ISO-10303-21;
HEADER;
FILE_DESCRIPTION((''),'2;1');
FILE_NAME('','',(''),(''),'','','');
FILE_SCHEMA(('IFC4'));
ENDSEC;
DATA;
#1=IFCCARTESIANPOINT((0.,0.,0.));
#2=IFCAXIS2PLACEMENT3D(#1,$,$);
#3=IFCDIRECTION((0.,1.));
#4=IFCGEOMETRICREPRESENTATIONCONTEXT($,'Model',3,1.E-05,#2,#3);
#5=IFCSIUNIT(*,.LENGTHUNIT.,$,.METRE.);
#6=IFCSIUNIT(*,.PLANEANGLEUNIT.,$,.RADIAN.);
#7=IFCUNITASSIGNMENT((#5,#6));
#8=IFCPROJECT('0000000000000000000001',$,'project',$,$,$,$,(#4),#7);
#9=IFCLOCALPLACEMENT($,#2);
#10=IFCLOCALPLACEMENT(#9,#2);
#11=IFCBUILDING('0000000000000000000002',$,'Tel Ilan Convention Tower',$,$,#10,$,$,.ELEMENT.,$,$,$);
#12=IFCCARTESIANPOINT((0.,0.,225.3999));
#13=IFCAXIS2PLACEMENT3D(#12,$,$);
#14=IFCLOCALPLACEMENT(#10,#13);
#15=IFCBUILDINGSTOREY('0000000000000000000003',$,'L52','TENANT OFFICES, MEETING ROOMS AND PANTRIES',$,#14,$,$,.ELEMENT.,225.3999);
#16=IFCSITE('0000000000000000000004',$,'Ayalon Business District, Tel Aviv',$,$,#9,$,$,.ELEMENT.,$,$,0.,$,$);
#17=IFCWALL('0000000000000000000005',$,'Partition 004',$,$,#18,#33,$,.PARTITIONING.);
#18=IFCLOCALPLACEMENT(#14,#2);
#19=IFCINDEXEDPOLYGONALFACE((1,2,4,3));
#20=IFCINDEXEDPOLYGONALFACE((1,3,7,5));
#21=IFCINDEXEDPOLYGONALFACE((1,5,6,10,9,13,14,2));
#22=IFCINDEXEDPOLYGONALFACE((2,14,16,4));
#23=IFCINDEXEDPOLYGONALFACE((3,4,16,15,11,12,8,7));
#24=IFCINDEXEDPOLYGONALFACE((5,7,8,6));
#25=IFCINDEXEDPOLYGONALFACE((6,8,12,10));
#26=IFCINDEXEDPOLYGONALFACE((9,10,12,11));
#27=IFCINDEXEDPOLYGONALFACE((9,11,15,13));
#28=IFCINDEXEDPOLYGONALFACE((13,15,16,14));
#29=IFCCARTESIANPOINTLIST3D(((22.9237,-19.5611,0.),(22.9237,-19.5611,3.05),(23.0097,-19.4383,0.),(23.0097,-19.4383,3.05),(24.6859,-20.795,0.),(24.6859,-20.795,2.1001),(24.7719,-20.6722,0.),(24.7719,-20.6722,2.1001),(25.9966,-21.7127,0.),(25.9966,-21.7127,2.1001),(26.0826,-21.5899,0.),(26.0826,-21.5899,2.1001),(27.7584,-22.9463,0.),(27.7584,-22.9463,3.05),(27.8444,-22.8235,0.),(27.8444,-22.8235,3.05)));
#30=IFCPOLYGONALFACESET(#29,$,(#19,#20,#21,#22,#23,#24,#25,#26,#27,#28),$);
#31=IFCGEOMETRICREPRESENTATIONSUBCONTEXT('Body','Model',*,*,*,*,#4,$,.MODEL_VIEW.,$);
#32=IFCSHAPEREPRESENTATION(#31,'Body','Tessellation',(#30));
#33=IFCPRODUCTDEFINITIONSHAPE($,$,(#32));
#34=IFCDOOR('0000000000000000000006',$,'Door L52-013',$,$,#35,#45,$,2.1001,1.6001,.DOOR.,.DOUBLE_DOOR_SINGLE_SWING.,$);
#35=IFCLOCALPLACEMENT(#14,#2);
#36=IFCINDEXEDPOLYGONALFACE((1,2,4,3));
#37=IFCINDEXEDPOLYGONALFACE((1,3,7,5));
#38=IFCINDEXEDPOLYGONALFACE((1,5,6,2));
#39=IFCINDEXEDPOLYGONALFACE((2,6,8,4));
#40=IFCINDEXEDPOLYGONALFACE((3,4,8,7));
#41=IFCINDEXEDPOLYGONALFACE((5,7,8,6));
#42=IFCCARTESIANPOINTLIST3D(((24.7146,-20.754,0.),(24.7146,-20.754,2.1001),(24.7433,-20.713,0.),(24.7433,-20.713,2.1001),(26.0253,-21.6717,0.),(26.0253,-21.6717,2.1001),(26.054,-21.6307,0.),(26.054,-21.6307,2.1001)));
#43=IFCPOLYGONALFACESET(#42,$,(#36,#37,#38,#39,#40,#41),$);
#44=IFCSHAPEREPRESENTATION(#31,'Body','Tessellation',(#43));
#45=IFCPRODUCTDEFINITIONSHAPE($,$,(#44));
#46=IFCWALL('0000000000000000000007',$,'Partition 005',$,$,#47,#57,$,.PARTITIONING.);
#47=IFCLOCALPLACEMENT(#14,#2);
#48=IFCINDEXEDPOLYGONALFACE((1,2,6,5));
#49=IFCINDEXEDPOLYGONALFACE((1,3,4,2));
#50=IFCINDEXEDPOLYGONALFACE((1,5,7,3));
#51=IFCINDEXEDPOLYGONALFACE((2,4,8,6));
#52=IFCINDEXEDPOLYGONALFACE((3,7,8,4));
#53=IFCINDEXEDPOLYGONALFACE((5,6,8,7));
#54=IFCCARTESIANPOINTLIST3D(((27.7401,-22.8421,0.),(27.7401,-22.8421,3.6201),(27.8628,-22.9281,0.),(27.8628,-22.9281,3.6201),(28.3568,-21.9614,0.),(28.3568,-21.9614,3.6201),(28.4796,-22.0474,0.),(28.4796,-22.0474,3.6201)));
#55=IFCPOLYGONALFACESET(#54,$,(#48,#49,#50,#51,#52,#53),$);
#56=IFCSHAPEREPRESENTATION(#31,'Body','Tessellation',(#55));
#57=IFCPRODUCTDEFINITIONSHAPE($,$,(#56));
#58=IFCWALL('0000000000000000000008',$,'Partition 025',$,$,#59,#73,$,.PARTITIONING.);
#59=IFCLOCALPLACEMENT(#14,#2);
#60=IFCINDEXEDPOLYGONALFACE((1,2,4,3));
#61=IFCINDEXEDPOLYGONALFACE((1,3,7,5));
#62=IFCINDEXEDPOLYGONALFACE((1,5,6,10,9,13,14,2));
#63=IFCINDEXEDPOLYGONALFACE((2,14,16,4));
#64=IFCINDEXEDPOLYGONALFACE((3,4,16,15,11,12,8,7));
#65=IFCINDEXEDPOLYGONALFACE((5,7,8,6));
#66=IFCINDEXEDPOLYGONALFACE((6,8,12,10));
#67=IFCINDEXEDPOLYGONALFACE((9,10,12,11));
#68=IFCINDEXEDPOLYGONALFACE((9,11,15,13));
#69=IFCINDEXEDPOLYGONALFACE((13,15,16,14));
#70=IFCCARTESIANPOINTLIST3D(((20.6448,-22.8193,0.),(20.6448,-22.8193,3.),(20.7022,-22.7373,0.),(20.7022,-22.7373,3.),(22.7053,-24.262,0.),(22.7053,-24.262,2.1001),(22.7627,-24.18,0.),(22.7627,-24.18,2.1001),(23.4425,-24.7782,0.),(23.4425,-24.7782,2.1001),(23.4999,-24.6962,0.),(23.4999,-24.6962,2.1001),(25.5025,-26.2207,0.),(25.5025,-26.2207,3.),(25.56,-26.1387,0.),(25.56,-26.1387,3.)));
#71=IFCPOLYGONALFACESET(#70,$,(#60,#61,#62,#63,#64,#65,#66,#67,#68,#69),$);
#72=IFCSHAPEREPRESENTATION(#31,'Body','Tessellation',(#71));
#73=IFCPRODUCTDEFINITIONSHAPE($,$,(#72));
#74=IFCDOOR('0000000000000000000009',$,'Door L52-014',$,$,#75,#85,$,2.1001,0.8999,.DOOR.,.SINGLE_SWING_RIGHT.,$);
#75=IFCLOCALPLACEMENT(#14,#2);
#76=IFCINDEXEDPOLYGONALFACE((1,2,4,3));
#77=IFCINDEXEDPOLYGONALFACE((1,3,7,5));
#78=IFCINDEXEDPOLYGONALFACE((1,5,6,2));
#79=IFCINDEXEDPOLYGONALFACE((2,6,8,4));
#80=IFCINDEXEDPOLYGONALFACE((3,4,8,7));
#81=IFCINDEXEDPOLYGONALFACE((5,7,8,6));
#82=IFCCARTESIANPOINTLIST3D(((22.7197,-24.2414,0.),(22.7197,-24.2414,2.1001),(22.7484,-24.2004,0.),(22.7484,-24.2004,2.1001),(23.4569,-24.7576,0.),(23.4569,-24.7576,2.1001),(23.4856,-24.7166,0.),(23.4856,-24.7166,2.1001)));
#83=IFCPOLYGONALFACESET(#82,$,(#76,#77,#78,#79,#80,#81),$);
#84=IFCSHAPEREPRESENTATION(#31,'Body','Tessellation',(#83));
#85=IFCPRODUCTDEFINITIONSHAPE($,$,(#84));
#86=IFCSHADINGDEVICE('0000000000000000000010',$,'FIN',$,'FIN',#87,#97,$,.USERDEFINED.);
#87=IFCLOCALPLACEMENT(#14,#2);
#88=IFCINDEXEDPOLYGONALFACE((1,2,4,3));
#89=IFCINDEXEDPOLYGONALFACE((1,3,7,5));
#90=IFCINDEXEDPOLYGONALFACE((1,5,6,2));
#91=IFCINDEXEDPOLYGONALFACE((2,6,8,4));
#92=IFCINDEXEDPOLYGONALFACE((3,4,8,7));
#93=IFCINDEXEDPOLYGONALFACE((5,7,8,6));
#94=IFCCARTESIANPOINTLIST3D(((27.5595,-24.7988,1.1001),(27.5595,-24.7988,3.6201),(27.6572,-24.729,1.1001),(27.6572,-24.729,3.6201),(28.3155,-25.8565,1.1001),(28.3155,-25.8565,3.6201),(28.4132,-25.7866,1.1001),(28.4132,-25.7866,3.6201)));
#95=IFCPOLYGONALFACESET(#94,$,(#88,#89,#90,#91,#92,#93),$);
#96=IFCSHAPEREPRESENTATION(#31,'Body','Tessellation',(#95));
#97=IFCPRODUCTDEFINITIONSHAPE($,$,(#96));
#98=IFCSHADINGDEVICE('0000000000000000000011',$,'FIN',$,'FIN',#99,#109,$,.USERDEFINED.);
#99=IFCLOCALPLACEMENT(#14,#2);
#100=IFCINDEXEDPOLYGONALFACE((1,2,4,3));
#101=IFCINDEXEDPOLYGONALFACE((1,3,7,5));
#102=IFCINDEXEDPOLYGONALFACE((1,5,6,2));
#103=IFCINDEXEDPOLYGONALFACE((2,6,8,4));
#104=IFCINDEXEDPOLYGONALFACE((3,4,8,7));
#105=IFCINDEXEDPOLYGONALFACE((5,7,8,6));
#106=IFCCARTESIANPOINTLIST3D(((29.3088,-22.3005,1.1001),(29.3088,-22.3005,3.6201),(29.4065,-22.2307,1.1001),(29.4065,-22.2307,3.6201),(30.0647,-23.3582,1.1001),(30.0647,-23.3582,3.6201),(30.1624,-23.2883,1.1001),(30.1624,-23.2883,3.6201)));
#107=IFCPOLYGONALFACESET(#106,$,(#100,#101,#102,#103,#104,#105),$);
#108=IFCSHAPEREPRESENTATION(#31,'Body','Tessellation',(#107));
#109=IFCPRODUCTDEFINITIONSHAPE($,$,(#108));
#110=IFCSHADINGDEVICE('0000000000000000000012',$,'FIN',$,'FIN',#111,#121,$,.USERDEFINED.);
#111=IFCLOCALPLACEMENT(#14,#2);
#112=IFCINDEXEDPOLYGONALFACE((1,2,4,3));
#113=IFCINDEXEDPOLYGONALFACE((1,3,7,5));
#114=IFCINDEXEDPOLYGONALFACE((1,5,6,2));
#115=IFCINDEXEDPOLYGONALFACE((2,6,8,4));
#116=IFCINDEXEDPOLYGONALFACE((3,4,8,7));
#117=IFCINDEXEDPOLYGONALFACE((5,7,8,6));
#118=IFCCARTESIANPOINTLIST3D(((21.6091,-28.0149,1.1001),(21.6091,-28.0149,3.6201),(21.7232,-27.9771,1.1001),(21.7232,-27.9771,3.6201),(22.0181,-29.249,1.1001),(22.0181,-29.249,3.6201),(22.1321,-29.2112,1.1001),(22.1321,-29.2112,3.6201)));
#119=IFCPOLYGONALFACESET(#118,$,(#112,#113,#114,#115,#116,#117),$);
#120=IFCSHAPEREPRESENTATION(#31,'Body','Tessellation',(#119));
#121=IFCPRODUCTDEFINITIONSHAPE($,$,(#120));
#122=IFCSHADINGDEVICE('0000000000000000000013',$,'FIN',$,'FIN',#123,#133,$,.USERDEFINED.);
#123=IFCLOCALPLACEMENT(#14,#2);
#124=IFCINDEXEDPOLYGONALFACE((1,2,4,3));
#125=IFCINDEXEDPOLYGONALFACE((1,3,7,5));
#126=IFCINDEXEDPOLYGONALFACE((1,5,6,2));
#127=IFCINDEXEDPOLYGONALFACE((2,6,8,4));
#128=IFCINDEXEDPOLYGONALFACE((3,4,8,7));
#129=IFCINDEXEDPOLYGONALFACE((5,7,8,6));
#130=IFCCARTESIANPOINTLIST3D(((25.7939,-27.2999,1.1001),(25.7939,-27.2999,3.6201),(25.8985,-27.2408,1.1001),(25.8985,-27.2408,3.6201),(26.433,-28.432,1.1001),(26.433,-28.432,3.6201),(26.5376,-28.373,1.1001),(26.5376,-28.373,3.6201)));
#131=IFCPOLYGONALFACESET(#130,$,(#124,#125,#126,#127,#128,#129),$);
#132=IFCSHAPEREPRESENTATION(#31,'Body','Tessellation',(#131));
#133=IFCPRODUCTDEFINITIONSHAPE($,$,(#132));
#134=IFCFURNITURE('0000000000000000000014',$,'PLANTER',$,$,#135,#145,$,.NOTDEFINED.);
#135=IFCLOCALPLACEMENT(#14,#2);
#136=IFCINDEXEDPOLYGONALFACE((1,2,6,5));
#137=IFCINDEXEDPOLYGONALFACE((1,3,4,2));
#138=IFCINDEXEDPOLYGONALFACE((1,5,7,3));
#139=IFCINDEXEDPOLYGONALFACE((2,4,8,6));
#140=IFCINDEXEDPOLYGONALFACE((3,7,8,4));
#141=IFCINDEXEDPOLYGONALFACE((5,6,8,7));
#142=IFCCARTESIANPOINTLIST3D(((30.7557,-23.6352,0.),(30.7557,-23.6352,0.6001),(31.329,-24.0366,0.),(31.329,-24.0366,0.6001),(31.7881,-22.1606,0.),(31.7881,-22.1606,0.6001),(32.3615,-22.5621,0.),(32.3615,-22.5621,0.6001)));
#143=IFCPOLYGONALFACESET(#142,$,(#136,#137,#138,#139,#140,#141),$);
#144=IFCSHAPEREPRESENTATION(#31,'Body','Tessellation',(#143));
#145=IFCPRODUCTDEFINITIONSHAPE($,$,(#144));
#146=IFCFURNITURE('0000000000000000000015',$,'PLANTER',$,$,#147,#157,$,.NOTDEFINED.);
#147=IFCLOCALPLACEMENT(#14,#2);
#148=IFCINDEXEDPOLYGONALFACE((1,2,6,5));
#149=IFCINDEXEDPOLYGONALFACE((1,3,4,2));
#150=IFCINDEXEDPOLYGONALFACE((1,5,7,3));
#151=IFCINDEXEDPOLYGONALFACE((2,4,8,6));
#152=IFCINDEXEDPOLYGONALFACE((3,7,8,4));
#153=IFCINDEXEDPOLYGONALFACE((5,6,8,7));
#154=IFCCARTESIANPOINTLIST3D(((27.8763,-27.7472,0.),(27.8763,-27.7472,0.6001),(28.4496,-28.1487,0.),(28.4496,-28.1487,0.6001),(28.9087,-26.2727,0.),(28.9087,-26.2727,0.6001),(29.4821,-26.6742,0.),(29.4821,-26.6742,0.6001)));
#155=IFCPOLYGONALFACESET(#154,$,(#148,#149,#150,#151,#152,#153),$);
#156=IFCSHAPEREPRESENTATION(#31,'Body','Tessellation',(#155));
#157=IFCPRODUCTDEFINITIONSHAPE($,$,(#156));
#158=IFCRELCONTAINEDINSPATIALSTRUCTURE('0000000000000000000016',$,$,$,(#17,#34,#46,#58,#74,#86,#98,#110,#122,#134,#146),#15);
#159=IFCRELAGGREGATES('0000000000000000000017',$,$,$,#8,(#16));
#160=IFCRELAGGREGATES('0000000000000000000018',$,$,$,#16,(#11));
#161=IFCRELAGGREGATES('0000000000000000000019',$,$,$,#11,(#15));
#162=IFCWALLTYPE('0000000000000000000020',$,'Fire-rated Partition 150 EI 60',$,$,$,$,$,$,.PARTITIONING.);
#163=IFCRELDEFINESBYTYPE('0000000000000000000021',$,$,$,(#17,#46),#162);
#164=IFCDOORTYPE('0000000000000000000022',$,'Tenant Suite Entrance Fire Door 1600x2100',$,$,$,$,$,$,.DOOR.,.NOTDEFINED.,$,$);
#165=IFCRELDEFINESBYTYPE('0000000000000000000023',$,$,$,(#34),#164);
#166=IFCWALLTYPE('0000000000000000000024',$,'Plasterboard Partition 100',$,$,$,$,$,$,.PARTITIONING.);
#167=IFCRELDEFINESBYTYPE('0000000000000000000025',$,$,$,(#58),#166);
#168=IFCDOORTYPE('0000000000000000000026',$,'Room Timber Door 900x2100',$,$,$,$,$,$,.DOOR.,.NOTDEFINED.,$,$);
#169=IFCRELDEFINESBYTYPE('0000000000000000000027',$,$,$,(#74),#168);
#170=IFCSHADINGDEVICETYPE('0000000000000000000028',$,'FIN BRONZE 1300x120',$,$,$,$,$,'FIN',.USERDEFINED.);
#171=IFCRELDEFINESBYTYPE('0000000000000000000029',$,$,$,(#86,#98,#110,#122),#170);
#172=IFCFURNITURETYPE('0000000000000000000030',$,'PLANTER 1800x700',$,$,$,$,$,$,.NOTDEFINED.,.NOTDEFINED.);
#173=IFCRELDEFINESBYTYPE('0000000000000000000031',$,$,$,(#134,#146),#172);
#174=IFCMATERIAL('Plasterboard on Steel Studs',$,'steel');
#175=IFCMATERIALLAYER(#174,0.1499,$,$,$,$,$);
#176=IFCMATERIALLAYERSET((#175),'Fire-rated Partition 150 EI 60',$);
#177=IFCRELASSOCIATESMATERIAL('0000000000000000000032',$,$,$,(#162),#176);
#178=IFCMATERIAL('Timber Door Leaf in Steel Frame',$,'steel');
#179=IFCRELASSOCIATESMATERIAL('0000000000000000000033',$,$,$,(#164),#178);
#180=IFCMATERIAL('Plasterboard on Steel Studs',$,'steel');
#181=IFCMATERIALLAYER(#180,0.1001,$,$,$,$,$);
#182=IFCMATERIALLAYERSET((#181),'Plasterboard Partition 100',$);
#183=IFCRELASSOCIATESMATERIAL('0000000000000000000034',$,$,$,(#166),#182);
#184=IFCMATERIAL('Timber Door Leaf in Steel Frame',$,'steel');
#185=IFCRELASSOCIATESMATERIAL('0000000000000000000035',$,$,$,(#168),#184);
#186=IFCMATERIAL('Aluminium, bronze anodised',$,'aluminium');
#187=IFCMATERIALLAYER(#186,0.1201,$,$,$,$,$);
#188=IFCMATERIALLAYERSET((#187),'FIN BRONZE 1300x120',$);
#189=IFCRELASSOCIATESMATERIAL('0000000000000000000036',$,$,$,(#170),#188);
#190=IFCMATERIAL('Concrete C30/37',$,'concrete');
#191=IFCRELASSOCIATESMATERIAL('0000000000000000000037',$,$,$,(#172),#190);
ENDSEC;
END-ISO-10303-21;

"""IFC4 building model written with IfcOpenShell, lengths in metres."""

from ifc_helpers import new_model, si_unit, direction, frame, frame_2d, origin, origin_2d, place, context, subcontext, project, spatial, rectangle, extrude, material, layer, layer_set, type_object, element, fill, save


model = new_model("IFC4")

# Units and contexts
model_context = context("Model", 3, precision=1e-05, world=origin(), true_north=direction((0.0, 1.0)))
body_context = subcontext(model_context, "Body", "Model", "MODEL_VIEW")
ifc_project = project(units=[si_unit("LENGTHUNIT", "METRE"), si_unit("PLANEANGLEUNIT", "RADIAN")], contexts=[model_context])

# Site, building, storey
site_placement = place(None, origin())
site = spatial("IfcSite", under=ifc_project, at=site_placement, Name="Ayalon Business District, Tel Aviv", CompositionType="ELEMENT", RefElevation=0.0)
building_placement = place(site_placement, origin())
building = spatial("IfcBuilding", under=site, at=building_placement, Name="Tel Ilan Convention Tower", CompositionType="ELEMENT")
storey_placement = place(building_placement, frame((0.0, 0.0, 225.3999)))
storey = spatial("IfcBuildingStorey", under=building, at=storey_placement, Name="L52", Description="TENANT OFFICES, MEETING ROOMS AND PANTRIES", CompositionType="ELEMENT", Elevation=225.3999)

# Wall, opening, door
ifc_material_1 = material(Name="Plasterboard on Steel Studs", Category="steel")
ifc_layer_1 = layer(ifc_material_1, 0.1499)
ifc_layer_set_1 = layer_set([ifc_layer_1], Name="Fire-rated Partition 150 EI 60")
wall_type_1 = type_object("IfcWallType", Name="Fire-rated Partition 150 EI 60", PredefinedType="PARTITIONING", material=ifc_layer_set_1)
wall_1_placement = place(storey_placement, frame((27.8015, -22.885, 0.0), z_axis=(0.0, 0.0, 1.0), x_axis=(-0.819156, 0.573571, 0.0)))
wall_1 = element("IfcWall", 1, at=wall_1_placement, inside=storey, type_object=wall_type_1, Name="Partition 004", PredefinedType="PARTITIONING", context=body_context, shape_type="SweptSolid", body=[
    extrude(rectangle(XDim=5.9021, YDim=0.1499, at=frame_2d((2.9512, 0.0))), origin(), (0.0, 0.0, 1.0), 3.05),
])
opening_1_placement = place(wall_1_placement, frame((2.1509, 0.0, 0.0)))
opening_1 = element("IfcOpeningElement", 2, at=opening_1_placement, cuts=wall_1, PredefinedType="OPENING", context=body_context, shape_type="SweptSolid", body=[
    extrude(rectangle(XDim=1.6001, YDim=2.1001, at=frame_2d((0.8, 1.05))), frame((0.0, 0.085, 0.0), z_axis=(0.0, -1.0, 0.0), x_axis=(1.0, 0.0, 0.0)), (0.0, 0.0, 1.0), 0.1699),
])
ifc_material_2 = material(Name="Timber Door Leaf in Steel Frame", Category="steel")
door_type_1 = type_object("IfcDoorType", Name="Tenant Suite Entrance Fire Door 1600x2100", OperationType="NOTDEFINED", PredefinedType="DOOR", material=ifc_material_2)
door_1_placement = place(opening_1_placement, origin())
door_1 = element("IfcDoor", 3, at=door_1_placement, inside=storey, type_object=door_type_1, Name="Door L52-013", OperationType="DOUBLE_DOOR_SINGLE_SWING", OverallHeight=2.1001, OverallWidth=1.6001, PredefinedType="DOOR", context=body_context, shape_type="SweptSolid", body=[
    extrude(rectangle(XDim=1.6001, YDim=2.1001, at=frame_2d((0.8, 1.05))), frame((0.0, 0.0249, 0.0), z_axis=(0.0, -1.0, 0.0), x_axis=(1.0, 0.0, 0.0)), (0.0, 0.0, 1.0), 0.05),
])
fill(opening_1, door_1)

# Wall
wall_2_placement = place(storey_placement, frame((28.4182, -22.0044, 0.0), z_axis=(0.0, 0.0, 1.0), x_axis=(-0.57363, -0.819115, 0.0)))
element("IfcWall", 4, at=wall_2_placement, inside=storey, type_object=wall_type_1, Name="Partition 005", PredefinedType="PARTITIONING", context=body_context, shape_type="SweptSolid", body=[
    extrude(rectangle(XDim=1.0752, YDim=0.1499, at=frame_2d((0.5376, 0.0))), origin(), (0.0, 0.0, 1.0), 3.6201),
])

# Wall, opening, door
ifc_material_3 = material(Name="Plasterboard on Steel Studs", Category="steel")
ifc_layer_2 = layer(ifc_material_3, 0.1001)
ifc_layer_set_2 = layer_set([ifc_layer_2], Name="Plasterboard Partition 100")
wall_type_2 = type_object("IfcWallType", Name="Plasterboard Partition 100", PredefinedType="PARTITIONING", material=ifc_layer_set_2)
wall_3_placement = place(storey_placement, frame((25.5312, -26.1797, 0.0), z_axis=(0.0, 0.0, 1.0), x_axis=(-0.819153, 0.573576, 0.0)))
wall_3 = element("IfcWall", 5, at=wall_3_placement, inside=storey, type_object=wall_type_2, Name="Partition 025", PredefinedType="PARTITIONING", context=body_context, shape_type="SweptSolid", body=[
    extrude(rectangle(XDim=5.9302, YDim=0.1001, at=frame_2d((2.9651, 0.0))), origin(), (0.0, 0.0, 1.0), 3.0),
])
opening_2_placement = place(wall_3_placement, frame((2.5149, 0.0, 0.0)))
opening_2 = element("IfcOpeningElement", 6, at=opening_2_placement, cuts=wall_3, PredefinedType="OPENING", context=body_context, shape_type="SweptSolid", body=[
    extrude(rectangle(XDim=0.8999, YDim=2.1001, at=frame_2d((0.45, 1.05))), frame((0.0, 0.0601, 0.0), z_axis=(0.0, -1.0, 0.0), x_axis=(1.0, 0.0, 0.0)), (0.0, 0.0, 1.0), 0.1201),
])
ifc_material_4 = material(Name="Timber Door Leaf in Steel Frame", Category="steel")
door_type_2 = type_object("IfcDoorType", Name="Room Timber Door 900x2100", OperationType="NOTDEFINED", PredefinedType="DOOR", material=ifc_material_4)
door_2_placement = place(opening_2_placement, origin())
door_2 = element("IfcDoor", 7, at=door_2_placement, inside=storey, type_object=door_type_2, Name="Door L52-014", OperationType="SINGLE_SWING_RIGHT", OverallHeight=2.1001, OverallWidth=0.8999, PredefinedType="DOOR", context=body_context, shape_type="SweptSolid", body=[
    extrude(rectangle(XDim=0.8999, YDim=2.1001, at=frame_2d((0.45, 1.05))), frame((0.0, 0.0249, 0.0), z_axis=(0.0, -1.0, 0.0), x_axis=(1.0, 0.0, 0.0)), (0.0, 0.0, 1.0), 0.05),
])
fill(opening_2, door_2)

# Shading devices
ifc_material_5 = material(Name="Aluminium, bronze anodised", Category="aluminium")
ifc_layer_3 = layer(ifc_material_5, 0.1201)
ifc_layer_set_3 = layer_set([ifc_layer_3], Name="FIN BRONZE 1300x120")
shading_device_type = type_object("IfcShadingDeviceType", Name="FIN BRONZE 1300x120", ElementType="FIN", PredefinedType="USERDEFINED", material=ifc_layer_set_3)
for number, where, z_axis, x_axis, name in (
    (8, (27.9863, -25.2927, 1.1001), (0.0, 0.0, 1.0), (0.581492, -0.813552, 0.0), "FIN"),
    (9, (29.7356, -22.7944, 1.1001), (0.0, 0.0, 1.0), (0.581492, -0.813552, 0.0), "FIN"),
    (10, (21.8706, -28.613, 1.1001), (0.0, 0.0, 1.0), (0.314545, -0.949243, 0.0), "FIN"),
    (11, (26.1658, -27.8364, 1.1001), (0.0, 0.0, 1.0), (0.491579, -0.870833, 0.0), "FIN"),
):
    element("IfcShadingDevice", number, at=place(storey_placement, frame(where, z_axis=z_axis, x_axis=x_axis)), inside=storey, type_object=shading_device_type, Name=name, ObjectType="FIN", PredefinedType="USERDEFINED", context=body_context, shape_type="SweptSolid", body=[
        extrude(rectangle(XDim=1.3, YDim=0.1201, at=origin_2d()), origin(), (0.0, 0.0, 1.0), 2.52),
    ])

# Furniture
ifc_material_6 = material(Name="Concrete C30/37", Category="concrete")
furniture_type = type_object("IfcFurnitureType", Name="PLANTER 1800x700", AssemblyPlace="NOTDEFINED", PredefinedType="NOTDEFINED", material=ifc_material_6)
for number, where, z_axis, x_axis, name in (
    (12, (31.5586, -23.0986, 0.0), (0.0, 0.0, 1.0), (-0.573576, -0.819152, 0.0), "PLANTER"),
    (13, (28.6792, -27.2107, 0.0), (0.0, 0.0, 1.0), (-0.573576, -0.819152, 0.0), "PLANTER"),
):
    element("IfcFurniture", number, at=place(storey_placement, frame(where, z_axis=z_axis, x_axis=x_axis)), inside=storey, type_object=furniture_type, Name=name, PredefinedType="NOTDEFINED", context=body_context, shape_type="SweptSolid", body=[
        extrude(rectangle(XDim=1.8, YDim=0.7, at=origin_2d()), origin(), (0.0, 0.0, 1.0), 0.6001),
    ])

save(model, "model.ifc")
